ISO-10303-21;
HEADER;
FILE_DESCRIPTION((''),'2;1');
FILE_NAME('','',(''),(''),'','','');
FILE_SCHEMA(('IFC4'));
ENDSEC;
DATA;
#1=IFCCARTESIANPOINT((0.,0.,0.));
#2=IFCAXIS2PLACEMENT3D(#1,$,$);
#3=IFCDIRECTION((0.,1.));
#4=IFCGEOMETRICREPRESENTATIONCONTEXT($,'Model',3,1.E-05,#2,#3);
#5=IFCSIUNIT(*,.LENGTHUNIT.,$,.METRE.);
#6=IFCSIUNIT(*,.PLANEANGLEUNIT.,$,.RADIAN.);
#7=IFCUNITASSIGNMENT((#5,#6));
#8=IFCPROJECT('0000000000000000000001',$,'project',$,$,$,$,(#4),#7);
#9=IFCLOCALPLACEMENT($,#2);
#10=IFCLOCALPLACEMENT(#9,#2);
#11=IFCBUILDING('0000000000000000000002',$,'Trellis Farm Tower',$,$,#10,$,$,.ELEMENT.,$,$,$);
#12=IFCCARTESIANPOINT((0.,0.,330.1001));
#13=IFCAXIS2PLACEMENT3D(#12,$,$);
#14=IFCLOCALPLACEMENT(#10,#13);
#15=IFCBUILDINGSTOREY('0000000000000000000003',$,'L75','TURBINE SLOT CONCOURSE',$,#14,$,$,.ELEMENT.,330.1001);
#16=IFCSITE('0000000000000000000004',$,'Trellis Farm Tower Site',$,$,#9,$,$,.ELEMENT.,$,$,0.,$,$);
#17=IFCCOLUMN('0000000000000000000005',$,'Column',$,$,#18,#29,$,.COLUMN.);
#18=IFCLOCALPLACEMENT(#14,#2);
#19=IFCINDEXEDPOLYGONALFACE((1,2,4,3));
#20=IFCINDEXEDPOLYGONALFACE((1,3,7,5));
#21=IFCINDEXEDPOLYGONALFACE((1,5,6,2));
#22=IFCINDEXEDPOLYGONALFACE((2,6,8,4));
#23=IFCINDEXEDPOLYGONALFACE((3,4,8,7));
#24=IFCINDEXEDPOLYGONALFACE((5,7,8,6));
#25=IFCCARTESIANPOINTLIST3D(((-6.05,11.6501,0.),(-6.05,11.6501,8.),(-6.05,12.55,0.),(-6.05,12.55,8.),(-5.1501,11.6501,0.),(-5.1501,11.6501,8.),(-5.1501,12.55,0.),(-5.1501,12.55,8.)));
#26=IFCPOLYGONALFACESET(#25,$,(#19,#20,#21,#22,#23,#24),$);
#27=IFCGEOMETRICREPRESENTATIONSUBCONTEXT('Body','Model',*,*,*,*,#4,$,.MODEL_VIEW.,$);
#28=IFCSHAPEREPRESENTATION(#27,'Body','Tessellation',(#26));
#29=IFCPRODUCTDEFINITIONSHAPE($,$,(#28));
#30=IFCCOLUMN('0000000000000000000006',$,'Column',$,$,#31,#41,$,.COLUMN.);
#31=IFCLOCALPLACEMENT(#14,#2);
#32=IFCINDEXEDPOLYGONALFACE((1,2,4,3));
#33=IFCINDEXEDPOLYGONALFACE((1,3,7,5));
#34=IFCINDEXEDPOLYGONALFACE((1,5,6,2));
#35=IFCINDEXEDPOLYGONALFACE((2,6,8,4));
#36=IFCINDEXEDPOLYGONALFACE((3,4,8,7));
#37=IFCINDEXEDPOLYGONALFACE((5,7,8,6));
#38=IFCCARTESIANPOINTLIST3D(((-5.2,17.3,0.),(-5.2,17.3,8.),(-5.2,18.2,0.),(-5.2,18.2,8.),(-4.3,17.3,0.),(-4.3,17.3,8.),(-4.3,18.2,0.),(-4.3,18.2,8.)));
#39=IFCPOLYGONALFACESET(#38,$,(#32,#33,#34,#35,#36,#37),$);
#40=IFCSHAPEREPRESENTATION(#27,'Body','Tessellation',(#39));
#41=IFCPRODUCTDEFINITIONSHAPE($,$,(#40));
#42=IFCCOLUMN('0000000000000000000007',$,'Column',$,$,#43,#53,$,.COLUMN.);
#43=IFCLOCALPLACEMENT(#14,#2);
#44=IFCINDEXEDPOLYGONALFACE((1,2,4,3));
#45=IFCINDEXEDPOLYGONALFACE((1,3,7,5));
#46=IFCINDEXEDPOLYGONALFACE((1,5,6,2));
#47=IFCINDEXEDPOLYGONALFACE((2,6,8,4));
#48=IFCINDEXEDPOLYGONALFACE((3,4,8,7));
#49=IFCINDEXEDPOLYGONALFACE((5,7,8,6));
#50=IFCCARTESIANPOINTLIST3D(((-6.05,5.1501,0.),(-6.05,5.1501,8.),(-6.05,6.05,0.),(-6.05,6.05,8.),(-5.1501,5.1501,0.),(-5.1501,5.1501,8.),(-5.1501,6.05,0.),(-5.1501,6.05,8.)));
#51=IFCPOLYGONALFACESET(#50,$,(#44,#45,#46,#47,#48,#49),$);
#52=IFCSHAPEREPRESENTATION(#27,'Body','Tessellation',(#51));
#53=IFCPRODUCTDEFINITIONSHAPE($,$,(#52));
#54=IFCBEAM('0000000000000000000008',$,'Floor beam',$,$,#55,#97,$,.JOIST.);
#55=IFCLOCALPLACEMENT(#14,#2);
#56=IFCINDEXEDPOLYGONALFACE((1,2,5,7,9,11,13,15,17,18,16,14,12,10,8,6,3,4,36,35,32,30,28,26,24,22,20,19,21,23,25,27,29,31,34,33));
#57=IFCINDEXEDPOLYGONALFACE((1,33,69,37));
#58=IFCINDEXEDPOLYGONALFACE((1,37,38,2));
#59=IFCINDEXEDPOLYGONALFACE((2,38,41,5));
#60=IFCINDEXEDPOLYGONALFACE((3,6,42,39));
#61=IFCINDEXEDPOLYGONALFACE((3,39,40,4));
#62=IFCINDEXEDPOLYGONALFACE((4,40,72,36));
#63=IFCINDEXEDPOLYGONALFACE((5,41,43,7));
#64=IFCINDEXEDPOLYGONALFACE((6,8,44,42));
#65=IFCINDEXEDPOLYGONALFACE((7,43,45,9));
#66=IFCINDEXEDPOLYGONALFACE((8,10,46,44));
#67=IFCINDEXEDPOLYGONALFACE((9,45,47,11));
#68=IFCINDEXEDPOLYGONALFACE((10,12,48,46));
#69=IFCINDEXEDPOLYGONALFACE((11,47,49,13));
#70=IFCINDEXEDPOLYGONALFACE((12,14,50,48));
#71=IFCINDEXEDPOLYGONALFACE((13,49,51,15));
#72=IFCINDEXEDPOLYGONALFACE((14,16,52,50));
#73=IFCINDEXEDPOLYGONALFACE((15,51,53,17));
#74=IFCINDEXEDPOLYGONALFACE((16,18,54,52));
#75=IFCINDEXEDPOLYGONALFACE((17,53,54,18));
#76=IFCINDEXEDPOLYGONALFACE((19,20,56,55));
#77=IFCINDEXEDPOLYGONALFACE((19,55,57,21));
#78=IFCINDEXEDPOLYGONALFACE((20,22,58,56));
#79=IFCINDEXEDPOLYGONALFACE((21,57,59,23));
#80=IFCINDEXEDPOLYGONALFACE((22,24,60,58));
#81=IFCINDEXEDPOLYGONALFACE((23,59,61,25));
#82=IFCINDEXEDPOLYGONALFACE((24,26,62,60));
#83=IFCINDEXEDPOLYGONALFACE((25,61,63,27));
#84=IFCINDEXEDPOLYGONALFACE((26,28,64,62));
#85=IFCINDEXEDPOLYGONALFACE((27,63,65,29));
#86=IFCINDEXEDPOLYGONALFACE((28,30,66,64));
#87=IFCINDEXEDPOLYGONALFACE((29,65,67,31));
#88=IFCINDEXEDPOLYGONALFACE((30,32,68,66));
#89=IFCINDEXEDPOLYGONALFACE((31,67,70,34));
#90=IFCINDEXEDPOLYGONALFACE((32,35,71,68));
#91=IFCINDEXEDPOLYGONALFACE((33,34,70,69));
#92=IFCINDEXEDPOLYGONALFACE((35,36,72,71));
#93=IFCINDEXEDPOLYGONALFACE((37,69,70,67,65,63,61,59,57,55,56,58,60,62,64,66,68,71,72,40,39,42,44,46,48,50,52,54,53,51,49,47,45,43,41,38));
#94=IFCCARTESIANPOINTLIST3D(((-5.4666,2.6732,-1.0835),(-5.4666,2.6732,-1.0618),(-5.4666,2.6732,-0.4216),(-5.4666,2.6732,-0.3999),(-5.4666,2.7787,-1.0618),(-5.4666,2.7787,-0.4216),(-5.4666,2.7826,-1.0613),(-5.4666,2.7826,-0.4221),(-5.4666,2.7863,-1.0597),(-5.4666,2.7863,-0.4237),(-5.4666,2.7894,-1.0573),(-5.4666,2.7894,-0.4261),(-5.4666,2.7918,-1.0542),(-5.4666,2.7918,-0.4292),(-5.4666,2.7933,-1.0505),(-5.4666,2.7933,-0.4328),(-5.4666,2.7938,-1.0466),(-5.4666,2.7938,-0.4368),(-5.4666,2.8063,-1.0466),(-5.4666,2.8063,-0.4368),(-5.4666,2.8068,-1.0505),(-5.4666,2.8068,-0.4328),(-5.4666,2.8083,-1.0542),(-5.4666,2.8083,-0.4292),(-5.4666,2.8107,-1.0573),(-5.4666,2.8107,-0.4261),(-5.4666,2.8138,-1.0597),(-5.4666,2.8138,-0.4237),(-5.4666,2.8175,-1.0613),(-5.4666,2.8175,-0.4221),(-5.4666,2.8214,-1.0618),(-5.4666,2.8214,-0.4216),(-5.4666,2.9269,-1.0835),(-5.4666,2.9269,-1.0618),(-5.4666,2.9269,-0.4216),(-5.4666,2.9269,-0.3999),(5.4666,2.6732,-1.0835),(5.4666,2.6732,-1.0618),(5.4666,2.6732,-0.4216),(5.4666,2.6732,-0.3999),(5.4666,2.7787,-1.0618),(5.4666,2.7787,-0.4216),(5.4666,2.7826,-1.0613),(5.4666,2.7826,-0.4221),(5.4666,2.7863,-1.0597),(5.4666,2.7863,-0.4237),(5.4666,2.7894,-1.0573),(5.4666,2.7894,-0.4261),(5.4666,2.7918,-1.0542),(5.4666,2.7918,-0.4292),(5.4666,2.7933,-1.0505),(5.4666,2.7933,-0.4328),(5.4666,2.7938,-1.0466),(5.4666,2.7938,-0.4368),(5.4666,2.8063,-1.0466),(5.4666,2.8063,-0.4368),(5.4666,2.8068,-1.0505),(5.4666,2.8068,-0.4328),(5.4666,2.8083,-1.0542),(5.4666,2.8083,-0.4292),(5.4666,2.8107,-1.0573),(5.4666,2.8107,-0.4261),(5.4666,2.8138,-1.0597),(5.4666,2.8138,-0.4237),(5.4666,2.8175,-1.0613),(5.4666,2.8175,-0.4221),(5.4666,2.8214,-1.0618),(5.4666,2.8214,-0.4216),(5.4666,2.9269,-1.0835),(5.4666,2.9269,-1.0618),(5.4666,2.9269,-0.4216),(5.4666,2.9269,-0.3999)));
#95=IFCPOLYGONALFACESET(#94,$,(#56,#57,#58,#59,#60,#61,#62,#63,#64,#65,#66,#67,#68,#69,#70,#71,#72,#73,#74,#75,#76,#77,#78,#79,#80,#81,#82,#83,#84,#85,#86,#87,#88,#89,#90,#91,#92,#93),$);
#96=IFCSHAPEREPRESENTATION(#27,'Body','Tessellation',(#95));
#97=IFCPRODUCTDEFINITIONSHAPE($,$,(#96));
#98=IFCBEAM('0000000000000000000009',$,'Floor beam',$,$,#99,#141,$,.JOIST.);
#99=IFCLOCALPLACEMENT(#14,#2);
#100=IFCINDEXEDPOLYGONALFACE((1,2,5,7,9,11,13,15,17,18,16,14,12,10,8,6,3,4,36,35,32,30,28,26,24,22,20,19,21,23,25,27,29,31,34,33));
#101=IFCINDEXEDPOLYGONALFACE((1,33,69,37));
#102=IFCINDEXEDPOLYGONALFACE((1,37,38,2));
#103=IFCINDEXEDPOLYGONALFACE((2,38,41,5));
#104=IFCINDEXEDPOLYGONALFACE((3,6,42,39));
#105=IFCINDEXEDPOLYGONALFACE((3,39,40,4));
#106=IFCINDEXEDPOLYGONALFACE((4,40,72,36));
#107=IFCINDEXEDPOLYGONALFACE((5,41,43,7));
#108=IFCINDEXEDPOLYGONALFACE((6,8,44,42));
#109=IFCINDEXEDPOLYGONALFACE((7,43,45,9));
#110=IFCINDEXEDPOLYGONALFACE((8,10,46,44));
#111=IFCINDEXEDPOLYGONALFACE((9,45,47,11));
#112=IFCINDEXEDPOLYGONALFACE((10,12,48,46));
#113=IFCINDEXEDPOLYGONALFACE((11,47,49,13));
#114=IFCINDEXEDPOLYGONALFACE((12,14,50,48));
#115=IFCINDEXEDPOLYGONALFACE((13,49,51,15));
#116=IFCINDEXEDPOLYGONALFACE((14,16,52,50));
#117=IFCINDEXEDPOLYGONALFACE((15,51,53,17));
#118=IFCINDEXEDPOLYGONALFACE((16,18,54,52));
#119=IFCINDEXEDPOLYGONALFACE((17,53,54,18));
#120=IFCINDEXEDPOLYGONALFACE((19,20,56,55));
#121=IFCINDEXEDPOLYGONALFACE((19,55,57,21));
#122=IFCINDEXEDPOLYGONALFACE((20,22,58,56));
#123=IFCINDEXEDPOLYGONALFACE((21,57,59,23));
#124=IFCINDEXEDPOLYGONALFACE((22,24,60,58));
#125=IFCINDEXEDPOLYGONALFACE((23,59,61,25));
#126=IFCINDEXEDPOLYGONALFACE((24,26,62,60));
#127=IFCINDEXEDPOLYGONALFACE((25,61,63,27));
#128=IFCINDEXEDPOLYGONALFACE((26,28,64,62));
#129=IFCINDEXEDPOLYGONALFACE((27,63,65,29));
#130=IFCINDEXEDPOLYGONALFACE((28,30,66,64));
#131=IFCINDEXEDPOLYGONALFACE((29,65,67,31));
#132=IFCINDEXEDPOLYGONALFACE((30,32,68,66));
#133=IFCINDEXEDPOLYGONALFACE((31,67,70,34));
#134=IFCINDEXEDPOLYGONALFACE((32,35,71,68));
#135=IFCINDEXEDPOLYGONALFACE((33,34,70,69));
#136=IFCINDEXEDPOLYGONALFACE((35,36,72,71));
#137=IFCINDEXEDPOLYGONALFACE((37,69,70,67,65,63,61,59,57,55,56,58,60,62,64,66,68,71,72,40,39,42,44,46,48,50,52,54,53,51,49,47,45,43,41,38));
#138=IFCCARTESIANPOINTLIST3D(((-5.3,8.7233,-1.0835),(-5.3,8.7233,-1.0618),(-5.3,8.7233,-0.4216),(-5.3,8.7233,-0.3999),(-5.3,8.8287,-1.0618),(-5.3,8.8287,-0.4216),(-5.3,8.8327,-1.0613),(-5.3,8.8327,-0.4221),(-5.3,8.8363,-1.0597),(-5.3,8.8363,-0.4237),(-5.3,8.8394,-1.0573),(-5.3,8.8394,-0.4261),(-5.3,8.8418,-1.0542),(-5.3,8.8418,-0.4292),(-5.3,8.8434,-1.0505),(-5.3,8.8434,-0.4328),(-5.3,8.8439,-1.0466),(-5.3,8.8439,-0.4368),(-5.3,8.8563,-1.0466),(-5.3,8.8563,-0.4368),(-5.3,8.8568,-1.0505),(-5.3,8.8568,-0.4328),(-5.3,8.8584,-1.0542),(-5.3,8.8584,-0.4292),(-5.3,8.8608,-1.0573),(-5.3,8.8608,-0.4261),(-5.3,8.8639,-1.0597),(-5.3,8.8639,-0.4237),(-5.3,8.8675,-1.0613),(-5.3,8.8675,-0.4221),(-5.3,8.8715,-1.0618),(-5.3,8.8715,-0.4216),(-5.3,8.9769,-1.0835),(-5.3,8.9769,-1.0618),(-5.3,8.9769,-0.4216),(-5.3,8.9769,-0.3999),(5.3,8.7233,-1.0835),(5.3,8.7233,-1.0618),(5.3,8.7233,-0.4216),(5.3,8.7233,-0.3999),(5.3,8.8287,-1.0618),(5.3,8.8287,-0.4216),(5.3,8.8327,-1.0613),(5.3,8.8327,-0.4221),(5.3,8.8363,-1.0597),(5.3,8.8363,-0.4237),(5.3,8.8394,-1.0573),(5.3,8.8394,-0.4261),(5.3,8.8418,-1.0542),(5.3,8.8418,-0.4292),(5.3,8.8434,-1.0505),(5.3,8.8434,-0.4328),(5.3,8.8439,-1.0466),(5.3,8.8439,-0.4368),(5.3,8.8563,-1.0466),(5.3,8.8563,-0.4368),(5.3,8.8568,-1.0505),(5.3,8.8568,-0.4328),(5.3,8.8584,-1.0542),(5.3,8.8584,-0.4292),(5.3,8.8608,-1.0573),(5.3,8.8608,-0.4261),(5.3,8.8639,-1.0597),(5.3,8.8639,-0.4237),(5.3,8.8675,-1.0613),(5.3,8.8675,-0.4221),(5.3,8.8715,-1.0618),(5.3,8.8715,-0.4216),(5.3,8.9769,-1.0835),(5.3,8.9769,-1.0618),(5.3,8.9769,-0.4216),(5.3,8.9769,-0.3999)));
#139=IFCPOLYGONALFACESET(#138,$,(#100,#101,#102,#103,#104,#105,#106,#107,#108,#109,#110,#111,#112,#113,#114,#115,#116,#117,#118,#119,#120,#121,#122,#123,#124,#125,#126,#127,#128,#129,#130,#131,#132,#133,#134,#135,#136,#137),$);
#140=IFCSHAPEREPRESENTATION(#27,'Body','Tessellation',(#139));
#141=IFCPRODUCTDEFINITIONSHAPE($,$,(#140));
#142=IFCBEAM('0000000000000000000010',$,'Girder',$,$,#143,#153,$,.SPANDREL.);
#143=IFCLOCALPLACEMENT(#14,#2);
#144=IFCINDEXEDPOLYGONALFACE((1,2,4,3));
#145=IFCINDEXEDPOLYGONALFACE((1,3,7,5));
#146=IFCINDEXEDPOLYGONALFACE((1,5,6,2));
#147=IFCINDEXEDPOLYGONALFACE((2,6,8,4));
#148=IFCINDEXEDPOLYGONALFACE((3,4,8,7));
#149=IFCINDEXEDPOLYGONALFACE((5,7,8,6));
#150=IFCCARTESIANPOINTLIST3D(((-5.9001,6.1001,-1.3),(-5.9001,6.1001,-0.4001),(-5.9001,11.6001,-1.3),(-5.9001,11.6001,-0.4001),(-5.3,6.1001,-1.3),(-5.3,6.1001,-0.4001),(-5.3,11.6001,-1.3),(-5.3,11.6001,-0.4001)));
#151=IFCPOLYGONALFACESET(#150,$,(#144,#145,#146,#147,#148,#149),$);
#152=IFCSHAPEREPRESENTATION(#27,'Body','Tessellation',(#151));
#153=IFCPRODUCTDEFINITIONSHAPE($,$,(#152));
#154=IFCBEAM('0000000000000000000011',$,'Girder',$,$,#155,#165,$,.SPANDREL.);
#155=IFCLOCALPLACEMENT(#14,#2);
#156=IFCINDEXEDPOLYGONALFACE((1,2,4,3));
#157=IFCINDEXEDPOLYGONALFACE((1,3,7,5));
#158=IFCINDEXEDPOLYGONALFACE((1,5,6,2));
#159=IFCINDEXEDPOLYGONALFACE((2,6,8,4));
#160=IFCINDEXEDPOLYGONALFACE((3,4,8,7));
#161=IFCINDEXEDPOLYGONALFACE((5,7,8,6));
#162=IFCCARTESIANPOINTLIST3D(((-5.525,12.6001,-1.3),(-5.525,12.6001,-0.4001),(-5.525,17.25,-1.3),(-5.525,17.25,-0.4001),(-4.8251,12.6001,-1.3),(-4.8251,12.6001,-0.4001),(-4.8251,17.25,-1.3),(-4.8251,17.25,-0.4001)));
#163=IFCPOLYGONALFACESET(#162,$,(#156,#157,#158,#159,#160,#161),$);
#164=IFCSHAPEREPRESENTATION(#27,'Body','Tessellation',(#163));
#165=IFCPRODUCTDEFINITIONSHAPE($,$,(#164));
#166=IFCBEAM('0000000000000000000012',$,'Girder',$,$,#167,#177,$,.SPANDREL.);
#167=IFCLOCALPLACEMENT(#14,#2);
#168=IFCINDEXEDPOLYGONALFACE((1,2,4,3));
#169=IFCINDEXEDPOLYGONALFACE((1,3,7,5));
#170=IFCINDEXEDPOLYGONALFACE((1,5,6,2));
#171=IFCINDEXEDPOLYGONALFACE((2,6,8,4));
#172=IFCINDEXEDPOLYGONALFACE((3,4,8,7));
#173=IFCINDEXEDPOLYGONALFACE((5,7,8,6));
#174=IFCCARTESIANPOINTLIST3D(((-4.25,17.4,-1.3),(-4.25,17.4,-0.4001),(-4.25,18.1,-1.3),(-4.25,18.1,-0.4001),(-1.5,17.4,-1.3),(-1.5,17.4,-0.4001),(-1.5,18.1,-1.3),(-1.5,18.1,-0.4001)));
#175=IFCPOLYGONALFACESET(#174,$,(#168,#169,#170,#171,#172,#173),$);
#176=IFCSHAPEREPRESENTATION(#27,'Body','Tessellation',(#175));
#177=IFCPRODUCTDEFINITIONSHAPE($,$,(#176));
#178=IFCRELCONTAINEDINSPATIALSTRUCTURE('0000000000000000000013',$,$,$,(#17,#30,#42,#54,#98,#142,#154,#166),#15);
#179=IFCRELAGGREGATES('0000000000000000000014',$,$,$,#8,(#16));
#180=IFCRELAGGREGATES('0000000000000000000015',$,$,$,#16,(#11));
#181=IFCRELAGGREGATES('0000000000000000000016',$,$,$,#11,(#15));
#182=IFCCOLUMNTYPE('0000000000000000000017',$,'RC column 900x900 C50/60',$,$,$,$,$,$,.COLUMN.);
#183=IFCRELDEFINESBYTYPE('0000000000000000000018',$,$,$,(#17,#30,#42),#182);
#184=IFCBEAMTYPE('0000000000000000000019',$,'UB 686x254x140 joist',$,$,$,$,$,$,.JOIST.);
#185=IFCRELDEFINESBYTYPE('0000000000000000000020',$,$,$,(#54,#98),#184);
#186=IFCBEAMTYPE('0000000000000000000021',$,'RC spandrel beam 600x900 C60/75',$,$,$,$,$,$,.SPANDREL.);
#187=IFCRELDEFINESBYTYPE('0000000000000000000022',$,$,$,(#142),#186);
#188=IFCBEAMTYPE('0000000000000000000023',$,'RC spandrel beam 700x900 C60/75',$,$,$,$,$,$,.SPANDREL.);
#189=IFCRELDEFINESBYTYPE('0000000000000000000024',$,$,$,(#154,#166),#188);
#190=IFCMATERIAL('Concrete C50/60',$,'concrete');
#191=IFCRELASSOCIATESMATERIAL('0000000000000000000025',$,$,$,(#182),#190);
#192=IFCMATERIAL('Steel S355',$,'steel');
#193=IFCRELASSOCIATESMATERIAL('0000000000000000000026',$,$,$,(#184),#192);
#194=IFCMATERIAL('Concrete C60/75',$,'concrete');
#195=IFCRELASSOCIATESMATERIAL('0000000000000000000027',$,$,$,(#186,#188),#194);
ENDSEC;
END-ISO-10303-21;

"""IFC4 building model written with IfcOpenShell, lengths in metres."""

from ifc_helpers import new_model, si_unit, direction, frame, origin, origin_2d, place, context, subcontext, project, spatial, rectangle, i_section, extrude, source, transform, mapped, material, material_profile, profile_set, type_object, element, save


model = new_model("IFC4")

# Units and contexts
model_context = context("Model", 3, precision=1e-05, world=origin(), true_north=direction((0.0, 1.0)))
body_context = subcontext(model_context, "Body", "Model", "MODEL_VIEW")
ifc_project = project(units=[si_unit("LENGTHUNIT", "METRE"), si_unit("PLANEANGLEUNIT", "RADIAN")], contexts=[model_context])

# Site, building, storey
site_placement = place(None, origin())
site = spatial("IfcSite", under=ifc_project, at=site_placement, Name="Trellis Farm Tower Site", CompositionType="ELEMENT", RefElevation=0.0)
building_placement = place(site_placement, origin())
building = spatial("IfcBuilding", under=site, at=building_placement, Name="Trellis Farm Tower", CompositionType="ELEMENT")
storey_placement = place(building_placement, frame((0.0, 0.0, 330.1001)))
storey = spatial("IfcBuildingStorey", under=building, at=storey_placement, Name="L75", Description="TURBINE SLOT CONCOURSE", CompositionType="ELEMENT", Elevation=330.1001)

# Columns
ifc_material_1 = material(Name="Concrete C50/60", Category="concrete")
ifc_material_profile_1 = material_profile(ifc_material_1, rectangle(XDim=0.8999, YDim=0.8999, at=origin_2d()), Name="RC column 900x900 C50/60")
ifc_profile_set_1 = profile_set([ifc_material_profile_1], Name="Concrete C50/60")
column_type = type_object("IfcColumnType", Name="RC column 900x900 C50/60", PredefinedType="COLUMN", material=ifc_profile_set_1)
shared_shape_1 = source(origin(), body_context, "Body", "SweptSolid", [
    extrude(rectangle(XDim=0.8999, YDim=0.8999, at=origin_2d()), origin(), (0.0, 0.0, 1.0), 8.0),
])
for number, where, z_axis, x_axis, name in (
    (1, (-5.6001, 12.1001, 0.0), (0.0, 0.0, 1.0), (1.0, 0.0, 0.0), "Column"),
    (2, (-4.75, 17.75, 0.0), (0.0, 0.0, 1.0), (1.0, 0.0, 0.0), "Column"),
    (3, (-5.6001, 5.6001, 0.0), (0.0, 0.0, 1.0), (1.0, 0.0, 0.0), "Column"),
):
    element("IfcColumn", number, at=place(storey_placement, frame(where, z_axis=z_axis, x_axis=x_axis)), inside=storey, type_object=column_type, Name=name, PredefinedType="COLUMN", context=body_context, shape_type="MappedRepresentation", body=[
        mapped(shared_shape_1, transform((0.0, 0.0, 0.0))),
    ])

# Beams
ifc_material_2 = material(Name="Steel S355", Category="steel")
ifc_material_profile_2 = material_profile(ifc_material_2, i_section(OverallWidth=0.2537, OverallDepth=0.6836, WebThickness=0.0125, FlangeThickness=0.0217, FilletRadius=0.0151, at=origin_2d()), Name="UB 686x254x140")
ifc_profile_set_2 = profile_set([ifc_material_profile_2], Name="Steel S355")
beam_type_1 = type_object("IfcBeamType", Name="UB 686x254x140 joist", PredefinedType="JOIST", material=ifc_profile_set_2)
shared_shape_2 = source(origin(), body_context, "Body", "SweptSolid", [
    extrude(i_section(OverallWidth=0.2537, OverallDepth=0.6836, WebThickness=0.0125, FlangeThickness=0.0217, FilletRadius=0.0151, at=origin_2d()), origin(), (0.0, 0.0, 1.0), 10.9331),
])
beam_1_placement = place(storey_placement, frame((-5.4666, 2.8, -0.7417), z_axis=(1.0, 0.0, 0.0), x_axis=(0.0, 1.0, 0.0)))
element("IfcBeam", 4, at=beam_1_placement, inside=storey, type_object=beam_type_1, Name="Floor beam", PredefinedType="JOIST", context=body_context, shape_type="MappedRepresentation", body=[
    mapped(shared_shape_2, transform((0.0, 0.0, 0.0))),
])
shared_shape_3 = source(origin(), body_context, "Body", "SweptSolid", [
    extrude(i_section(OverallWidth=0.2537, OverallDepth=0.6836, WebThickness=0.0125, FlangeThickness=0.0217, FilletRadius=0.0151, at=origin_2d()), origin(), (0.0, 0.0, 1.0), 10.6001),
])
beam_2_placement = place(storey_placement, frame((-5.3, 8.8501, -0.7417), z_axis=(1.0, 0.0, 0.0), x_axis=(0.0, 1.0, 0.0)))
element("IfcBeam", 5, at=beam_2_placement, inside=storey, type_object=beam_type_1, Name="Floor beam", PredefinedType="JOIST", context=body_context, shape_type="MappedRepresentation", body=[
    mapped(shared_shape_3, transform((0.0, 0.0, 0.0))),
])
ifc_material_3 = material(Name="Concrete C60/75", Category="concrete")
ifc_material_profile_3 = material_profile(ifc_material_3, rectangle(XDim=0.6001, YDim=0.8999, at=origin_2d()), Name="RC spandrel beam 600x900 C60/75")
ifc_profile_set_3 = profile_set([ifc_material_profile_3], Name="Concrete C60/75")
beam_type_2 = type_object("IfcBeamType", Name="RC spandrel beam 600x900 C60/75", PredefinedType="SPANDREL", material=ifc_profile_set_3)
shared_shape_4 = source(origin(), body_context, "Body", "SweptSolid", [
    extrude(rectangle(XDim=0.6001, YDim=0.8999, at=origin_2d()), origin(), (0.0, 0.0, 1.0), 5.5),
])
beam_3_placement = place(storey_placement, frame((-5.6001, 6.1001, -0.8501), z_axis=(0.0, 1.0, 0.0), x_axis=(-1.0, 0.0, 0.0)))
element("IfcBeam", 6, at=beam_3_placement, inside=storey, type_object=beam_type_2, Name="Girder", PredefinedType="SPANDREL", context=body_context, shape_type="MappedRepresentation", body=[
    mapped(shared_shape_4, transform((0.0, 0.0, 0.0))),
])
ifc_material_profile_4 = material_profile(ifc_material_3, rectangle(XDim=0.7, YDim=0.8999, at=origin_2d()), Name="RC spandrel beam 700x900 C60/75")
ifc_profile_set_4 = profile_set([ifc_material_profile_4], Name="Concrete C60/75")
beam_type_3 = type_object("IfcBeamType", Name="RC spandrel beam 700x900 C60/75", PredefinedType="SPANDREL", material=ifc_profile_set_4)
shared_shape_5 = source(origin(), body_context, "Body", "SweptSolid", [
    extrude(rectangle(XDim=0.7, YDim=0.8999, at=origin_2d()), origin(), (0.0, 0.0, 1.0), 4.6499),
])
beam_4_placement = place(storey_placement, frame((-5.175, 12.6001, -0.8501), z_axis=(0.0, 1.0, 0.0), x_axis=(-1.0, 0.0, 0.0)))
element("IfcBeam", 7, at=beam_4_placement, inside=storey, type_object=beam_type_3, Name="Girder", PredefinedType="SPANDREL", context=body_context, shape_type="MappedRepresentation", body=[
    mapped(shared_shape_5, transform((0.0, 0.0, 0.0))),
])
shared_shape_6 = source(origin(), body_context, "Body", "SweptSolid", [
    extrude(rectangle(XDim=0.7, YDim=0.8999, at=origin_2d()), origin(), (0.0, 0.0, 1.0), 2.75),
])
beam_5_placement = place(storey_placement, frame((-4.25, 17.75, -0.8501), z_axis=(1.0, 0.0, 0.0), x_axis=(0.0, 1.0, 0.0)))
element("IfcBeam", 8, at=beam_5_placement, inside=storey, type_object=beam_type_3, Name="Girder", PredefinedType="SPANDREL", context=body_context, shape_type="MappedRepresentation", body=[
    mapped(shared_shape_6, transform((0.0, 0.0, 0.0))),
])

save(model, "model.ifc")
